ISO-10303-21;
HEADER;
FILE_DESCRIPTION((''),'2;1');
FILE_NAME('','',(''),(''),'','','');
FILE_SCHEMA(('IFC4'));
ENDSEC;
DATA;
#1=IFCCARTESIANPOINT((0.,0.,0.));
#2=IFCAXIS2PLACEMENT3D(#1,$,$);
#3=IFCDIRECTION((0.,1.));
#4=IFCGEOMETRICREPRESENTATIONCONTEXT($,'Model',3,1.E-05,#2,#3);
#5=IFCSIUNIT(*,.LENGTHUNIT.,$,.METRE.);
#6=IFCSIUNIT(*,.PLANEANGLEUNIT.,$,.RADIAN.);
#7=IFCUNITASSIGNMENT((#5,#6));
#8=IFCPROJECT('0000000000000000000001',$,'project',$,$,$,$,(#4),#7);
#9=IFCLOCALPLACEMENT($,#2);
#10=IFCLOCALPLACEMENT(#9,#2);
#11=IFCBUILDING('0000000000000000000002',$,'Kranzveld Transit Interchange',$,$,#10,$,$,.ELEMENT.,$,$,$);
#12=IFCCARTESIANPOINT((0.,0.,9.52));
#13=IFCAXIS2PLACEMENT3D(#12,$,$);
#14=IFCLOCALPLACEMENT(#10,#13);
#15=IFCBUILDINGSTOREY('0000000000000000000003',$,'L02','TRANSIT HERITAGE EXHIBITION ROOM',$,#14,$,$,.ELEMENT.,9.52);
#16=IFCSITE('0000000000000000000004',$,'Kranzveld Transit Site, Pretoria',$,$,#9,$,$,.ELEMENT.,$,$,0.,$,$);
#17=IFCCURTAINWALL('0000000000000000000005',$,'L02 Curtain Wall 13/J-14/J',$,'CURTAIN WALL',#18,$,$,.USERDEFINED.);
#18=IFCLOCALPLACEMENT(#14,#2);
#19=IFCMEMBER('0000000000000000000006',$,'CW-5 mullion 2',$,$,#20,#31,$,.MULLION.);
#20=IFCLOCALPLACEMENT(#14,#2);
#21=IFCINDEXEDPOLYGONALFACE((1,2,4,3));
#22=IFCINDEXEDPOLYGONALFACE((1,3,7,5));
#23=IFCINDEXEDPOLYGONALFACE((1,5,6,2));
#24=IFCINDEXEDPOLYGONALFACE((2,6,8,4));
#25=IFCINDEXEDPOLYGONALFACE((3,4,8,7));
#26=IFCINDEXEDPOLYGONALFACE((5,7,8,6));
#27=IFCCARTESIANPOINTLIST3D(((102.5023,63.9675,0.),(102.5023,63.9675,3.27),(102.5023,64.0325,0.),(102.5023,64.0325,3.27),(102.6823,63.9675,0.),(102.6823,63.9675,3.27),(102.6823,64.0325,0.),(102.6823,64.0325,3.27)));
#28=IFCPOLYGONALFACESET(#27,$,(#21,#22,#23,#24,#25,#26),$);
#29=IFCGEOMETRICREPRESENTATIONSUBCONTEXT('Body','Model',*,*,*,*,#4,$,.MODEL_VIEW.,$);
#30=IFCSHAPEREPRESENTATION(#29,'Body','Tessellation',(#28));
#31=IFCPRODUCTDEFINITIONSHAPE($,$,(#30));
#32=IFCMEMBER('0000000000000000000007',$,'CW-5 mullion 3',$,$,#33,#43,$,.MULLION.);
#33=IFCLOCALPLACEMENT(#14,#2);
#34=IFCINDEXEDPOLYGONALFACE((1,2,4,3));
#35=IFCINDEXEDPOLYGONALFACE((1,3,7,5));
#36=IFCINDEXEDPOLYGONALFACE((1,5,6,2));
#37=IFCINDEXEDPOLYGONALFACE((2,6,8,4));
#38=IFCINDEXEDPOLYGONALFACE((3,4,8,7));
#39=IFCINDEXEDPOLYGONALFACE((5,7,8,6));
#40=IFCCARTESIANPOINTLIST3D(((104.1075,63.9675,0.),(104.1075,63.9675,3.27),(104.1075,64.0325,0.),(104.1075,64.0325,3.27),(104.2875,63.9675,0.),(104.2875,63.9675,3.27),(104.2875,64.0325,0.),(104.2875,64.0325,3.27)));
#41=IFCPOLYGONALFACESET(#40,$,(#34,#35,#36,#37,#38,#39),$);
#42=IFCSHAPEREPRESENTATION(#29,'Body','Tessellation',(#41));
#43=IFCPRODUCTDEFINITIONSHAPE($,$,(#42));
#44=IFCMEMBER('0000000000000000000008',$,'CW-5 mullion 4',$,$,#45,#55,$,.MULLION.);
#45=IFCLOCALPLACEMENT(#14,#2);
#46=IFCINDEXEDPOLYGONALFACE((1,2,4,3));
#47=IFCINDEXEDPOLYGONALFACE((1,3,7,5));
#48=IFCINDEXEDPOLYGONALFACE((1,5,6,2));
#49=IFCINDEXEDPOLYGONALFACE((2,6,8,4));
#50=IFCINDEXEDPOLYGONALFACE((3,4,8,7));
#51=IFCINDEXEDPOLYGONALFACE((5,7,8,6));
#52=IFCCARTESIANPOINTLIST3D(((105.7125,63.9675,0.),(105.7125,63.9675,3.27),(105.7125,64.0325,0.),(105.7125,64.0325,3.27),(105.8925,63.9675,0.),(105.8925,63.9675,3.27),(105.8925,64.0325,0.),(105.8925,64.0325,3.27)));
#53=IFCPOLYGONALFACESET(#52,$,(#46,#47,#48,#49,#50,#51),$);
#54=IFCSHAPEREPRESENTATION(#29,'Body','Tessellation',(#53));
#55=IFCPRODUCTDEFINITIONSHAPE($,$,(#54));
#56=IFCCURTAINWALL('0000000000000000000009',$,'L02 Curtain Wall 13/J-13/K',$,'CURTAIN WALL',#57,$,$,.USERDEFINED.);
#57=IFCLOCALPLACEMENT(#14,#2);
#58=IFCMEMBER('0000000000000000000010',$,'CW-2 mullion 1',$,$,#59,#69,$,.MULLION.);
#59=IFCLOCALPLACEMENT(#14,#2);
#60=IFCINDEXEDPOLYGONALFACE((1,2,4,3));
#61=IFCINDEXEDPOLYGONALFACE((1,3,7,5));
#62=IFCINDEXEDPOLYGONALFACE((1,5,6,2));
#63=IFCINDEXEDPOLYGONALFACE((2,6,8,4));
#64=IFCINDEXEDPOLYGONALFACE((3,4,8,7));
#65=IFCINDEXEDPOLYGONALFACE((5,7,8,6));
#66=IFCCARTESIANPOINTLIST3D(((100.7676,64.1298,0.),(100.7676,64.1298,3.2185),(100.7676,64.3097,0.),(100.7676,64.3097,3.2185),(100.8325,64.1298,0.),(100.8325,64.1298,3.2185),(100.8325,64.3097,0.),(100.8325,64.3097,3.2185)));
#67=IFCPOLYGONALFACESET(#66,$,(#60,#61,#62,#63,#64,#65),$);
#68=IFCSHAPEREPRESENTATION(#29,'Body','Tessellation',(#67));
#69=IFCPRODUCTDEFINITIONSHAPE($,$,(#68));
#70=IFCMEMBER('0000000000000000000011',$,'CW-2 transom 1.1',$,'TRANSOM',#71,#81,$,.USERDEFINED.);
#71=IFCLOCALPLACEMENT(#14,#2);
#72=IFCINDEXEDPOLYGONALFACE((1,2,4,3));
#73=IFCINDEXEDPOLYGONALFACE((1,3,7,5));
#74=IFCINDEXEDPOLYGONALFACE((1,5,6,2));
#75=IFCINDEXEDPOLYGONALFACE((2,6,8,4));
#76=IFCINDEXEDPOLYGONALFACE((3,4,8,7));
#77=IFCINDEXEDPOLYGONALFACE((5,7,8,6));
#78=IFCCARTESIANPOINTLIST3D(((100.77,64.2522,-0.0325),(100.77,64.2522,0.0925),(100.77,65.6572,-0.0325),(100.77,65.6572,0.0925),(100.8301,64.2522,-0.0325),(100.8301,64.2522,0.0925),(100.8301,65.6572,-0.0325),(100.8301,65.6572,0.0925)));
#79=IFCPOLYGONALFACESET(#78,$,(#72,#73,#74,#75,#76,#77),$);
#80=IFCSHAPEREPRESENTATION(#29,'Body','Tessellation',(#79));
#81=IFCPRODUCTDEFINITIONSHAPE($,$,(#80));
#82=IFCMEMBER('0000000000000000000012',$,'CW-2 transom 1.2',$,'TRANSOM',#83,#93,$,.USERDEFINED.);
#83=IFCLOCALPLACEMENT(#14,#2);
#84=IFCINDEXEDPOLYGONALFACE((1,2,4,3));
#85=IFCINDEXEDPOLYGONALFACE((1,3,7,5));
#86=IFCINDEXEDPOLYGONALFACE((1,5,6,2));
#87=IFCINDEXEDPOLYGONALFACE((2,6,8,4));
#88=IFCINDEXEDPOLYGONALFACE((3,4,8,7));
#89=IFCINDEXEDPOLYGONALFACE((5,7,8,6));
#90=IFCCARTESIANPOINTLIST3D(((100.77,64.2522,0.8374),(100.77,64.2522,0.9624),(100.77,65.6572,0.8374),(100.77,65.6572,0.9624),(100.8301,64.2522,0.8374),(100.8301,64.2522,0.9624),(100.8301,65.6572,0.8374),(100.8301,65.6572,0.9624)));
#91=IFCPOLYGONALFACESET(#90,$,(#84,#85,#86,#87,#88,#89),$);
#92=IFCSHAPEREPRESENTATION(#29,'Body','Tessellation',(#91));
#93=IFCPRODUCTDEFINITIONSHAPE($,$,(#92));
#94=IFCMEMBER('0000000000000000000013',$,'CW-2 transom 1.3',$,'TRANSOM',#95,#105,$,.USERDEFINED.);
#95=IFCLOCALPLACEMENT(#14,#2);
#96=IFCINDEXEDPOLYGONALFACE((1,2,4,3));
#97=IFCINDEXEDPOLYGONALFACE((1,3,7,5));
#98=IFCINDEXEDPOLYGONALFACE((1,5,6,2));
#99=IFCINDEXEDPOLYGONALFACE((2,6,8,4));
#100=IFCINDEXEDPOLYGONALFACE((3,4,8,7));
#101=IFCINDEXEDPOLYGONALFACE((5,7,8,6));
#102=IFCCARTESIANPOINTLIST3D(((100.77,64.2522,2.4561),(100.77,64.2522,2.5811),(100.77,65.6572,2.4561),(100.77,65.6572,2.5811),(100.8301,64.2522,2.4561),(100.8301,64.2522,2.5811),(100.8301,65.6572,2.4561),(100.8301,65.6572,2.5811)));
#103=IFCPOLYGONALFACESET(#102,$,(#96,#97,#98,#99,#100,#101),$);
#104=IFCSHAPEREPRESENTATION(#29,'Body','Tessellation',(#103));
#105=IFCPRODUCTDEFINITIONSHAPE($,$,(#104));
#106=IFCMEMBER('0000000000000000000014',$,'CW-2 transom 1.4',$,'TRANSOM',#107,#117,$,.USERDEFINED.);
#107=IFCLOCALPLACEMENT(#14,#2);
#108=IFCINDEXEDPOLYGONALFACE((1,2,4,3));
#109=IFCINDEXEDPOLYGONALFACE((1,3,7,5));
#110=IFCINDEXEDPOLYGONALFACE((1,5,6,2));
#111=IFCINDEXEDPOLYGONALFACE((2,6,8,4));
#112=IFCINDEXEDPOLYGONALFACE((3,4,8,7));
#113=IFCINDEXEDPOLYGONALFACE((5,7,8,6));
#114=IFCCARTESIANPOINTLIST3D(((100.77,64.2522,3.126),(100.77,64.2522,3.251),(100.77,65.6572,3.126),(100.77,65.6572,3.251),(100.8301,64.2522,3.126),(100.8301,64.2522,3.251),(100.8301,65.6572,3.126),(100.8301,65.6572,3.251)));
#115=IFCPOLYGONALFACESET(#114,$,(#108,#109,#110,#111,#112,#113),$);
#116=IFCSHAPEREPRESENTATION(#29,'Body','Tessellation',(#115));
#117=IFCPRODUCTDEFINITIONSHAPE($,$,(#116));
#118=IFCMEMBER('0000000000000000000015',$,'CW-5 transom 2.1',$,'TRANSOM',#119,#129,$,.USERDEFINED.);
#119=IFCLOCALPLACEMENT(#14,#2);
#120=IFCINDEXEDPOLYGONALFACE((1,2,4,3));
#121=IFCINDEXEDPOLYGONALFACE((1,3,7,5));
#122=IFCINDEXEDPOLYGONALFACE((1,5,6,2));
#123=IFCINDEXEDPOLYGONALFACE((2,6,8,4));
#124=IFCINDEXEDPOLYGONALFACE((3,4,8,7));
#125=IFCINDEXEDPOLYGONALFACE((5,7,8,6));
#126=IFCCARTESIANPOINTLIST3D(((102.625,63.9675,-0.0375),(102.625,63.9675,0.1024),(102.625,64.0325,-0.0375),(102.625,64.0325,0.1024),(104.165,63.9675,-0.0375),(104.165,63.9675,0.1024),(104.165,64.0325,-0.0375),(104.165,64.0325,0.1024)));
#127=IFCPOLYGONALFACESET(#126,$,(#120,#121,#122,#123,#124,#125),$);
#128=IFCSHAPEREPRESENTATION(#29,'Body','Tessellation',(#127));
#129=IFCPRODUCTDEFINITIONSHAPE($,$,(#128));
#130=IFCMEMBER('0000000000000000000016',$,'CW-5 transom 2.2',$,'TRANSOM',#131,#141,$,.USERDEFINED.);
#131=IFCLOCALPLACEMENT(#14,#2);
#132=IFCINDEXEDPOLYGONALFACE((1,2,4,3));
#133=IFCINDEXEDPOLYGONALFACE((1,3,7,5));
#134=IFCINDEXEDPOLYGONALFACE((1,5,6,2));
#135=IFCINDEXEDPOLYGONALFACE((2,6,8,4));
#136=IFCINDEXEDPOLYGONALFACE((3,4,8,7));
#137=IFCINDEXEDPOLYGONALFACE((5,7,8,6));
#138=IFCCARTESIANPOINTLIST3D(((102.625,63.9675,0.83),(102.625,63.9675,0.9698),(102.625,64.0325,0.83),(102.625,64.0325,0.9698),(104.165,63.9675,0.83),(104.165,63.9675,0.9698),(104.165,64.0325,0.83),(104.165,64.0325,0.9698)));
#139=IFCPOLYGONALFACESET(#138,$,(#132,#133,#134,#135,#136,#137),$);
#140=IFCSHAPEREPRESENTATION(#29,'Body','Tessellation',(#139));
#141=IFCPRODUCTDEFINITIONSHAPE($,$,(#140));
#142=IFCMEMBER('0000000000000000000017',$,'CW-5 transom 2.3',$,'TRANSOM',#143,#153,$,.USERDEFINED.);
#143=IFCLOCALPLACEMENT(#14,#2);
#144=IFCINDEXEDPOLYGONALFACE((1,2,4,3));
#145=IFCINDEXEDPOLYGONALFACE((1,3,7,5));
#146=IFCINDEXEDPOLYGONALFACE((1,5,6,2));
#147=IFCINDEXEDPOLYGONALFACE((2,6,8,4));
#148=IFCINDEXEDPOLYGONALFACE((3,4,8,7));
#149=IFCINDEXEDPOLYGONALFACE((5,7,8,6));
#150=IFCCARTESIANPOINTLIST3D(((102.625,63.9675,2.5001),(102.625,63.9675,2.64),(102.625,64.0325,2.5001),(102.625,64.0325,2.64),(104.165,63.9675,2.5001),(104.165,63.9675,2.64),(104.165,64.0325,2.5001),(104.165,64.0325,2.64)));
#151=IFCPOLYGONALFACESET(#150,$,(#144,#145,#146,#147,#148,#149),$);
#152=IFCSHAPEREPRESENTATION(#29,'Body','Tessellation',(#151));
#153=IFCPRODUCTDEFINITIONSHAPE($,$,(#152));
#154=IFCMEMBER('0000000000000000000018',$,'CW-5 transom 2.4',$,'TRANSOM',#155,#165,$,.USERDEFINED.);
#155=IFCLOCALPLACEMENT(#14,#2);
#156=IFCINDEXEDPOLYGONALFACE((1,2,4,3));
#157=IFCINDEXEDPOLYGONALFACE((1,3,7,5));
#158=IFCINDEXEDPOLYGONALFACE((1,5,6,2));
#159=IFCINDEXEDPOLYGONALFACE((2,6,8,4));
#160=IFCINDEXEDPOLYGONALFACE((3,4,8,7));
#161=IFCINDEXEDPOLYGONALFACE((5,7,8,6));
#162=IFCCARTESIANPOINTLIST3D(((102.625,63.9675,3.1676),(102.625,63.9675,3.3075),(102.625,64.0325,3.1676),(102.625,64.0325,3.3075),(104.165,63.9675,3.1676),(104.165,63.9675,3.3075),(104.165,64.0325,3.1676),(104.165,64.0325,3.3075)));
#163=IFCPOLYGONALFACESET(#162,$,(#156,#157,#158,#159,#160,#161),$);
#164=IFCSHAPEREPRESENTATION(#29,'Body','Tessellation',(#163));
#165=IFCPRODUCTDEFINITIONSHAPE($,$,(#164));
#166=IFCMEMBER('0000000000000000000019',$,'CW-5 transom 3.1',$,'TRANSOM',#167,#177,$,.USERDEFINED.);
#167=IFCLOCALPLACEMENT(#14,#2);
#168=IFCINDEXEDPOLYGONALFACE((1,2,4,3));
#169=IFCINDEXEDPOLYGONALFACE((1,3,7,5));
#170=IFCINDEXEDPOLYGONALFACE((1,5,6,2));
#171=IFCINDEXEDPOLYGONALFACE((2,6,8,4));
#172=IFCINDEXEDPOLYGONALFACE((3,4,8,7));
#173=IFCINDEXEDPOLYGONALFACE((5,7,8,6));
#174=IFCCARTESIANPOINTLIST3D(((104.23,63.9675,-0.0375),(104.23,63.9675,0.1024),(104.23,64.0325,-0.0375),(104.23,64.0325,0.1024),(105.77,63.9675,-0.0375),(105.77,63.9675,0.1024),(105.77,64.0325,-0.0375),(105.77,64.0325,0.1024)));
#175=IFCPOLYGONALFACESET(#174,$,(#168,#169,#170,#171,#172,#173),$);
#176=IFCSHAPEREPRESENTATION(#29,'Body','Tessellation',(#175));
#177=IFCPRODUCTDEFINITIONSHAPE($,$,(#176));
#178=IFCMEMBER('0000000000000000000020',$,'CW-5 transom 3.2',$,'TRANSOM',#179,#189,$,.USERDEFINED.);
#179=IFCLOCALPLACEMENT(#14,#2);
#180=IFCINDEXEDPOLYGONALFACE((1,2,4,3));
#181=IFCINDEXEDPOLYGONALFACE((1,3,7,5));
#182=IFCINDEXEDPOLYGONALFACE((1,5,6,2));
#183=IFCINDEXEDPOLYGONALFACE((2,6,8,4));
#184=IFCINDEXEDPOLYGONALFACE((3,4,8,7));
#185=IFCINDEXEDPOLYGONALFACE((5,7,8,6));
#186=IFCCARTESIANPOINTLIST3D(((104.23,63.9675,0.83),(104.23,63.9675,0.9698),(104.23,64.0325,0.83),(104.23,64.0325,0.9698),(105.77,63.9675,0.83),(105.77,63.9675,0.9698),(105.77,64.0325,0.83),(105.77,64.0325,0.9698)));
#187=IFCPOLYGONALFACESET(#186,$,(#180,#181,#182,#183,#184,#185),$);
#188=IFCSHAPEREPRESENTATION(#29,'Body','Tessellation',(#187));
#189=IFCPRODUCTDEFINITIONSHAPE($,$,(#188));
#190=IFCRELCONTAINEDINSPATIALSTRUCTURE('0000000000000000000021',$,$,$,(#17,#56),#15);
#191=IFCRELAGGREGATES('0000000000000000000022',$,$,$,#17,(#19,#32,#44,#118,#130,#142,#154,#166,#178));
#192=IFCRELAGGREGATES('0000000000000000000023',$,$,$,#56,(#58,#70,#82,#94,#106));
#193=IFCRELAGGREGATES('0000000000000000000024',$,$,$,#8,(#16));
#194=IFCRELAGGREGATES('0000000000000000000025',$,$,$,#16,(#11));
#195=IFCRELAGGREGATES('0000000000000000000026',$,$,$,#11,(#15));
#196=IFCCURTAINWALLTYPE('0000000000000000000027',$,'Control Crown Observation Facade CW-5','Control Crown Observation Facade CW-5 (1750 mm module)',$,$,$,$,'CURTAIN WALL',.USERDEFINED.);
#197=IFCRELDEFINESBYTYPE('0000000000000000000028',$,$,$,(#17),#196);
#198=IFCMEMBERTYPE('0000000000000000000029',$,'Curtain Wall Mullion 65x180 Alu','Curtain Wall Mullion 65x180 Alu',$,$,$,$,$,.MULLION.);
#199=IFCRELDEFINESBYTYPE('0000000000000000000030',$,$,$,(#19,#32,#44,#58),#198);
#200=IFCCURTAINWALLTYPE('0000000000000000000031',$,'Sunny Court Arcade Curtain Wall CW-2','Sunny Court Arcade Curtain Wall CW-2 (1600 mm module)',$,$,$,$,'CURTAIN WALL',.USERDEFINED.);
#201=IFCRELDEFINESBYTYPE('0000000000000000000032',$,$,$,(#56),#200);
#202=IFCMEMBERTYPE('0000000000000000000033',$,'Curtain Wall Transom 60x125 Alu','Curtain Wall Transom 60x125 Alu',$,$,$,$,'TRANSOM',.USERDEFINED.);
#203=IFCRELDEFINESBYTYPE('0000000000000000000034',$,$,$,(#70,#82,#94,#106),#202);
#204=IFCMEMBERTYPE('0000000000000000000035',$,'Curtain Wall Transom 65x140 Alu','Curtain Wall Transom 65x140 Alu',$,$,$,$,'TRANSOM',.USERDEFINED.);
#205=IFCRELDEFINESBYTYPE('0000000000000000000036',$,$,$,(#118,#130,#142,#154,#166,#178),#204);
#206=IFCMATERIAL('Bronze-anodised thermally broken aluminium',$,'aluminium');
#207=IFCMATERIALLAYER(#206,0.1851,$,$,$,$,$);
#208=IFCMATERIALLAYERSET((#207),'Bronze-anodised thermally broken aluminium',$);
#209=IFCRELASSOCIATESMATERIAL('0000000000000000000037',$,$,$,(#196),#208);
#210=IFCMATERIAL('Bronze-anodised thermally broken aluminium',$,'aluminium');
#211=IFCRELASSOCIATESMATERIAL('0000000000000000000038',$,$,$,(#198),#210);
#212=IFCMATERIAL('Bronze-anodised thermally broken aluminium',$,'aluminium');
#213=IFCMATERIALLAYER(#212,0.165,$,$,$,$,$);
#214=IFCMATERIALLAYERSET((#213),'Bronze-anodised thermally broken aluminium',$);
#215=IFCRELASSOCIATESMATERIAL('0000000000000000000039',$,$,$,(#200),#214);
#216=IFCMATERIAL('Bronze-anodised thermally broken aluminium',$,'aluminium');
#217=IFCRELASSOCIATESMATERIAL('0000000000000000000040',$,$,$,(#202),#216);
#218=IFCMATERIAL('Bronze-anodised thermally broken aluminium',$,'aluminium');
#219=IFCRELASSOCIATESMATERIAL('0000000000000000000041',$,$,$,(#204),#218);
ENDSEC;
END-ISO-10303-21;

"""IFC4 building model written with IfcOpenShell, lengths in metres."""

from ifc_helpers import new_model, si_unit, direction, frame, origin, origin_2d, place, context, subcontext, project, spatial, rectangle, extrude, material, layer, layer_set, material_profile, profile_set, type_object, element, aggregate, save


model = new_model("IFC4")

# Units and contexts
model_context = context("Model", 3, precision=1e-05, world=origin(), true_north=direction((0.0, 1.0)))
body_context = subcontext(model_context, "Body", "Model", "MODEL_VIEW")
ifc_project = project(units=[si_unit("LENGTHUNIT", "METRE"), si_unit("PLANEANGLEUNIT", "RADIAN")], contexts=[model_context])

# Site, building, storey
site_placement = place(None, origin())
site = spatial("IfcSite", under=ifc_project, at=site_placement, Name="Kranzveld Transit Site, Pretoria", CompositionType="ELEMENT", RefElevation=0.0)
building_placement = place(site_placement, origin())
building = spatial("IfcBuilding", under=site, at=building_placement, Name="Kranzveld Transit Interchange", CompositionType="ELEMENT")
storey_placement = place(building_placement, frame((0.0, 0.0, 9.52)))
storey = spatial("IfcBuildingStorey", under=building, at=storey_placement, Name="L02", Description="TRANSIT HERITAGE EXHIBITION ROOM", CompositionType="ELEMENT", Elevation=9.52)

# Curtain walls, members
ifc_material_1 = material(Name="Bronze-anodised thermally broken aluminium", Category="aluminium")
ifc_layer_1 = layer(ifc_material_1, 0.1851)
ifc_layer_set_1 = layer_set([ifc_layer_1], Name="Bronze-anodised thermally broken aluminium")
curtain_wall_type_1 = type_object("IfcCurtainWallType", Name="Control Crown Observation Facade CW-5", Description="Control Crown Observation Facade CW-5 (1750 mm module)", ElementType="CURTAIN WALL", PredefinedType="USERDEFINED", material=ifc_layer_set_1)
curtain_wall_1_placement = place(storey_placement, origin())
curtain_wall_1 = element("IfcCurtainWall", 1, at=curtain_wall_1_placement, inside=storey, type_object=curtain_wall_type_1, Name="L02 Curtain Wall 13/J-14/J", ObjectType="CURTAIN WALL", PredefinedType="USERDEFINED")
ifc_material_2 = material(Name="Bronze-anodised thermally broken aluminium", Category="aluminium")
ifc_material_profile_1 = material_profile(ifc_material_2, rectangle(XDim=0.0649, YDim=0.1799, at=origin_2d()), Name="ALU MULLION 65x180")
ifc_profile_set_1 = profile_set([ifc_material_profile_1], Name="Bronze-anodised thermally broken aluminium")
member_type_1 = type_object("IfcMemberType", Name="Curtain Wall Mullion 65x180 Alu", Description="Curtain Wall Mullion 65x180 Alu", PredefinedType="MULLION", material=ifc_profile_set_1)
member_1_placement = place(storey_placement, frame((102.5923, 64.0, 0.0), z_axis=(0.0, 0.0, 1.0), x_axis=(0.0, 1.0, 0.0)))
member_1 = element("IfcMember", 2, at=member_1_placement, type_object=member_type_1, Name="CW-5 mullion 2", PredefinedType="MULLION", context=body_context, shape_type="SweptSolid", body=[
    extrude(rectangle(XDim=0.0649, YDim=0.1799, at=origin_2d()), origin(), (0.0, 0.0, 1.0), 3.27),
])
member_2_placement = place(storey_placement, frame((104.1975, 64.0, 0.0), z_axis=(0.0, 0.0, 1.0), x_axis=(0.0, 1.0, 0.0)))
member_2 = element("IfcMember", 3, at=member_2_placement, type_object=member_type_1, Name="CW-5 mullion 3", PredefinedType="MULLION", context=body_context, shape_type="SweptSolid", body=[
    extrude(rectangle(XDim=0.0649, YDim=0.1799, at=origin_2d()), origin(), (0.0, 0.0, 1.0), 3.27),
])
member_3_placement = place(storey_placement, frame((105.8025, 64.0, 0.0), z_axis=(0.0, 0.0, 1.0), x_axis=(0.0, 1.0, 0.0)))
member_3 = element("IfcMember", 4, at=member_3_placement, type_object=member_type_1, Name="CW-5 mullion 4", PredefinedType="MULLION", context=body_context, shape_type="SweptSolid", body=[
    extrude(rectangle(XDim=0.0649, YDim=0.1799, at=origin_2d()), origin(), (0.0, 0.0, 1.0), 3.27),
])
ifc_material_3 = material(Name="Bronze-anodised thermally broken aluminium", Category="aluminium")
ifc_layer_2 = layer(ifc_material_3, 0.165)
ifc_layer_set_2 = layer_set([ifc_layer_2], Name="Bronze-anodised thermally broken aluminium")
curtain_wall_type_2 = type_object("IfcCurtainWallType", Name="Sunny Court Arcade Curtain Wall CW-2", Description="Sunny Court Arcade Curtain Wall CW-2 (1600 mm module)", ElementType="CURTAIN WALL", PredefinedType="USERDEFINED", material=ifc_layer_set_2)
curtain_wall_2_placement = place(storey_placement, origin())
curtain_wall_2 = element("IfcCurtainWall", 5, at=curtain_wall_2_placement, inside=storey, type_object=curtain_wall_type_2, Name="L02 Curtain Wall 13/J-13/K", ObjectType="CURTAIN WALL", PredefinedType="USERDEFINED")
member_4_placement = place(storey_placement, frame((100.8, 64.2197, 0.0), z_axis=(0.0, 0.0, 1.0), x_axis=(-1.0, 0.0, 0.0)))
member_4 = element("IfcMember", 6, at=member_4_placement, type_object=member_type_1, Name="CW-2 mullion 1", PredefinedType="MULLION", context=body_context, shape_type="SweptSolid", body=[
    extrude(rectangle(XDim=0.0649, YDim=0.1799, at=origin_2d()), origin(), (0.0, 0.0, 1.0), 3.2185),
])
ifc_material_4 = material(Name="Bronze-anodised thermally broken aluminium", Category="aluminium")
ifc_material_profile_2 = material_profile(ifc_material_4, rectangle(XDim=0.0601, YDim=0.125, at=origin_2d()), Name="ALU TRANSOM 60x125")
ifc_profile_set_2 = profile_set([ifc_material_profile_2], Name="Bronze-anodised thermally broken aluminium")
member_type_2 = type_object("IfcMemberType", Name="Curtain Wall Transom 60x125 Alu", Description="Curtain Wall Transom 60x125 Alu", ElementType="TRANSOM", PredefinedType="USERDEFINED", material=ifc_profile_set_2)
member_5_placement = place(storey_placement, frame((100.8, 64.2522, 0.03), z_axis=(0.0, 1.0, 0.0), x_axis=(-1.0, 0.0, 0.0)))
member_5 = element("IfcMember", 7, at=member_5_placement, type_object=member_type_2, Name="CW-2 transom 1.1", ObjectType="TRANSOM", PredefinedType="USERDEFINED", context=body_context, shape_type="SweptSolid", body=[
    extrude(rectangle(XDim=0.0601, YDim=0.125, at=origin_2d()), origin(), (0.0, 0.0, 1.0), 1.405),
])
member_6_placement = place(storey_placement, frame((100.8, 64.2522, 0.8999), z_axis=(0.0, 1.0, 0.0), x_axis=(-1.0, 0.0, 0.0)))
member_6 = element("IfcMember", 8, at=member_6_placement, type_object=member_type_2, Name="CW-2 transom 1.2", ObjectType="TRANSOM", PredefinedType="USERDEFINED", context=body_context, shape_type="SweptSolid", body=[
    extrude(rectangle(XDim=0.0601, YDim=0.125, at=origin_2d()), origin(), (0.0, 0.0, 1.0), 1.405),
])
member_7_placement = place(storey_placement, frame((100.8, 64.2522, 2.5186), z_axis=(0.0, 1.0, 0.0), x_axis=(-1.0, 0.0, 0.0)))
member_7 = element("IfcMember", 9, at=member_7_placement, type_object=member_type_2, Name="CW-2 transom 1.3", ObjectType="TRANSOM", PredefinedType="USERDEFINED", context=body_context, shape_type="SweptSolid", body=[
    extrude(rectangle(XDim=0.0601, YDim=0.125, at=origin_2d()), origin(), (0.0, 0.0, 1.0), 1.405),
])
member_8_placement = place(storey_placement, frame((100.8, 64.2522, 3.1885), z_axis=(0.0, 1.0, 0.0), x_axis=(-1.0, 0.0, 0.0)))
member_8 = element("IfcMember", 10, at=member_8_placement, type_object=member_type_2, Name="CW-2 transom 1.4", ObjectType="TRANSOM", PredefinedType="USERDEFINED", context=body_context, shape_type="SweptSolid", body=[
    extrude(rectangle(XDim=0.0601, YDim=0.125, at=origin_2d()), origin(), (0.0, 0.0, 1.0), 1.405),
])

# Members
ifc_material_5 = material(Name="Bronze-anodised thermally broken aluminium", Category="aluminium")
ifc_material_profile_3 = material_profile(ifc_material_5, rectangle(XDim=0.0649, YDim=0.1399, at=origin_2d()), Name="ALU TRANSOM 65x140")
ifc_profile_set_3 = profile_set([ifc_material_profile_3], Name="Bronze-anodised thermally broken aluminium")
member_type_3 = type_object("IfcMemberType", Name="Curtain Wall Transom 65x140 Alu", Description="Curtain Wall Transom 65x140 Alu", ElementType="TRANSOM", PredefinedType="USERDEFINED", material=ifc_profile_set_3)
member_9_placement = place(storey_placement, frame((102.625, 64.0, 0.0325), z_axis=(1.0, 0.0, 0.0), x_axis=(0.0, 1.0, 0.0)))
member_9 = element("IfcMember", 11, at=member_9_placement, type_object=member_type_3, Name="CW-5 transom 2.1", ObjectType="TRANSOM", PredefinedType="USERDEFINED", context=body_context, shape_type="SweptSolid", body=[
    extrude(rectangle(XDim=0.0649, YDim=0.1399, at=origin_2d()), origin(), (0.0, 0.0, 1.0), 1.54),
])
member_10_placement = place(storey_placement, frame((102.625, 64.0, 0.8999), z_axis=(1.0, 0.0, 0.0), x_axis=(0.0, 1.0, 0.0)))
member_10 = element("IfcMember", 12, at=member_10_placement, type_object=member_type_3, Name="CW-5 transom 2.2", ObjectType="TRANSOM", PredefinedType="USERDEFINED", context=body_context, shape_type="SweptSolid", body=[
    extrude(rectangle(XDim=0.0649, YDim=0.1399, at=origin_2d()), origin(), (0.0, 0.0, 1.0), 1.54),
])
member_11_placement = place(storey_placement, frame((102.625, 64.0, 2.5701), z_axis=(1.0, 0.0, 0.0), x_axis=(0.0, 1.0, 0.0)))
member_11 = element("IfcMember", 13, at=member_11_placement, type_object=member_type_3, Name="CW-5 transom 2.3", ObjectType="TRANSOM", PredefinedType="USERDEFINED", context=body_context, shape_type="SweptSolid", body=[
    extrude(rectangle(XDim=0.0649, YDim=0.1399, at=origin_2d()), origin(), (0.0, 0.0, 1.0), 1.54),
])
member_12_placement = place(storey_placement, frame((102.625, 64.0, 3.2375), z_axis=(1.0, 0.0, 0.0), x_axis=(0.0, 1.0, 0.0)))
member_12 = element("IfcMember", 14, at=member_12_placement, type_object=member_type_3, Name="CW-5 transom 2.4", ObjectType="TRANSOM", PredefinedType="USERDEFINED", context=body_context, shape_type="SweptSolid", body=[
    extrude(rectangle(XDim=0.0649, YDim=0.1399, at=origin_2d()), origin(), (0.0, 0.0, 1.0), 1.54),
])
member_13_placement = place(storey_placement, frame((104.23, 64.0, 0.0325), z_axis=(1.0, 0.0, 0.0), x_axis=(0.0, 1.0, 0.0)))
member_13 = element("IfcMember", 15, at=member_13_placement, type_object=member_type_3, Name="CW-5 transom 3.1", ObjectType="TRANSOM", PredefinedType="USERDEFINED", context=body_context, shape_type="SweptSolid", body=[
    extrude(rectangle(XDim=0.0649, YDim=0.1399, at=origin_2d()), origin(), (0.0, 0.0, 1.0), 1.54),
])
member_14_placement = place(storey_placement, frame((104.23, 64.0, 0.8999), z_axis=(1.0, 0.0, 0.0), x_axis=(0.0, 1.0, 0.0)))
member_14 = element("IfcMember", 16, at=member_14_placement, type_object=member_type_3, Name="CW-5 transom 3.2", ObjectType="TRANSOM", PredefinedType="USERDEFINED", context=body_context, shape_type="SweptSolid", body=[
    extrude(rectangle(XDim=0.0649, YDim=0.1399, at=origin_2d()), origin(), (0.0, 0.0, 1.0), 1.54),
])

aggregate(curtain_wall_1, [member_1, member_2, member_3, member_9, member_10, member_11, member_12, member_13, member_14])
aggregate(curtain_wall_2, [member_4, member_5, member_6, member_7, member_8])

save(model, "model.ifc")
